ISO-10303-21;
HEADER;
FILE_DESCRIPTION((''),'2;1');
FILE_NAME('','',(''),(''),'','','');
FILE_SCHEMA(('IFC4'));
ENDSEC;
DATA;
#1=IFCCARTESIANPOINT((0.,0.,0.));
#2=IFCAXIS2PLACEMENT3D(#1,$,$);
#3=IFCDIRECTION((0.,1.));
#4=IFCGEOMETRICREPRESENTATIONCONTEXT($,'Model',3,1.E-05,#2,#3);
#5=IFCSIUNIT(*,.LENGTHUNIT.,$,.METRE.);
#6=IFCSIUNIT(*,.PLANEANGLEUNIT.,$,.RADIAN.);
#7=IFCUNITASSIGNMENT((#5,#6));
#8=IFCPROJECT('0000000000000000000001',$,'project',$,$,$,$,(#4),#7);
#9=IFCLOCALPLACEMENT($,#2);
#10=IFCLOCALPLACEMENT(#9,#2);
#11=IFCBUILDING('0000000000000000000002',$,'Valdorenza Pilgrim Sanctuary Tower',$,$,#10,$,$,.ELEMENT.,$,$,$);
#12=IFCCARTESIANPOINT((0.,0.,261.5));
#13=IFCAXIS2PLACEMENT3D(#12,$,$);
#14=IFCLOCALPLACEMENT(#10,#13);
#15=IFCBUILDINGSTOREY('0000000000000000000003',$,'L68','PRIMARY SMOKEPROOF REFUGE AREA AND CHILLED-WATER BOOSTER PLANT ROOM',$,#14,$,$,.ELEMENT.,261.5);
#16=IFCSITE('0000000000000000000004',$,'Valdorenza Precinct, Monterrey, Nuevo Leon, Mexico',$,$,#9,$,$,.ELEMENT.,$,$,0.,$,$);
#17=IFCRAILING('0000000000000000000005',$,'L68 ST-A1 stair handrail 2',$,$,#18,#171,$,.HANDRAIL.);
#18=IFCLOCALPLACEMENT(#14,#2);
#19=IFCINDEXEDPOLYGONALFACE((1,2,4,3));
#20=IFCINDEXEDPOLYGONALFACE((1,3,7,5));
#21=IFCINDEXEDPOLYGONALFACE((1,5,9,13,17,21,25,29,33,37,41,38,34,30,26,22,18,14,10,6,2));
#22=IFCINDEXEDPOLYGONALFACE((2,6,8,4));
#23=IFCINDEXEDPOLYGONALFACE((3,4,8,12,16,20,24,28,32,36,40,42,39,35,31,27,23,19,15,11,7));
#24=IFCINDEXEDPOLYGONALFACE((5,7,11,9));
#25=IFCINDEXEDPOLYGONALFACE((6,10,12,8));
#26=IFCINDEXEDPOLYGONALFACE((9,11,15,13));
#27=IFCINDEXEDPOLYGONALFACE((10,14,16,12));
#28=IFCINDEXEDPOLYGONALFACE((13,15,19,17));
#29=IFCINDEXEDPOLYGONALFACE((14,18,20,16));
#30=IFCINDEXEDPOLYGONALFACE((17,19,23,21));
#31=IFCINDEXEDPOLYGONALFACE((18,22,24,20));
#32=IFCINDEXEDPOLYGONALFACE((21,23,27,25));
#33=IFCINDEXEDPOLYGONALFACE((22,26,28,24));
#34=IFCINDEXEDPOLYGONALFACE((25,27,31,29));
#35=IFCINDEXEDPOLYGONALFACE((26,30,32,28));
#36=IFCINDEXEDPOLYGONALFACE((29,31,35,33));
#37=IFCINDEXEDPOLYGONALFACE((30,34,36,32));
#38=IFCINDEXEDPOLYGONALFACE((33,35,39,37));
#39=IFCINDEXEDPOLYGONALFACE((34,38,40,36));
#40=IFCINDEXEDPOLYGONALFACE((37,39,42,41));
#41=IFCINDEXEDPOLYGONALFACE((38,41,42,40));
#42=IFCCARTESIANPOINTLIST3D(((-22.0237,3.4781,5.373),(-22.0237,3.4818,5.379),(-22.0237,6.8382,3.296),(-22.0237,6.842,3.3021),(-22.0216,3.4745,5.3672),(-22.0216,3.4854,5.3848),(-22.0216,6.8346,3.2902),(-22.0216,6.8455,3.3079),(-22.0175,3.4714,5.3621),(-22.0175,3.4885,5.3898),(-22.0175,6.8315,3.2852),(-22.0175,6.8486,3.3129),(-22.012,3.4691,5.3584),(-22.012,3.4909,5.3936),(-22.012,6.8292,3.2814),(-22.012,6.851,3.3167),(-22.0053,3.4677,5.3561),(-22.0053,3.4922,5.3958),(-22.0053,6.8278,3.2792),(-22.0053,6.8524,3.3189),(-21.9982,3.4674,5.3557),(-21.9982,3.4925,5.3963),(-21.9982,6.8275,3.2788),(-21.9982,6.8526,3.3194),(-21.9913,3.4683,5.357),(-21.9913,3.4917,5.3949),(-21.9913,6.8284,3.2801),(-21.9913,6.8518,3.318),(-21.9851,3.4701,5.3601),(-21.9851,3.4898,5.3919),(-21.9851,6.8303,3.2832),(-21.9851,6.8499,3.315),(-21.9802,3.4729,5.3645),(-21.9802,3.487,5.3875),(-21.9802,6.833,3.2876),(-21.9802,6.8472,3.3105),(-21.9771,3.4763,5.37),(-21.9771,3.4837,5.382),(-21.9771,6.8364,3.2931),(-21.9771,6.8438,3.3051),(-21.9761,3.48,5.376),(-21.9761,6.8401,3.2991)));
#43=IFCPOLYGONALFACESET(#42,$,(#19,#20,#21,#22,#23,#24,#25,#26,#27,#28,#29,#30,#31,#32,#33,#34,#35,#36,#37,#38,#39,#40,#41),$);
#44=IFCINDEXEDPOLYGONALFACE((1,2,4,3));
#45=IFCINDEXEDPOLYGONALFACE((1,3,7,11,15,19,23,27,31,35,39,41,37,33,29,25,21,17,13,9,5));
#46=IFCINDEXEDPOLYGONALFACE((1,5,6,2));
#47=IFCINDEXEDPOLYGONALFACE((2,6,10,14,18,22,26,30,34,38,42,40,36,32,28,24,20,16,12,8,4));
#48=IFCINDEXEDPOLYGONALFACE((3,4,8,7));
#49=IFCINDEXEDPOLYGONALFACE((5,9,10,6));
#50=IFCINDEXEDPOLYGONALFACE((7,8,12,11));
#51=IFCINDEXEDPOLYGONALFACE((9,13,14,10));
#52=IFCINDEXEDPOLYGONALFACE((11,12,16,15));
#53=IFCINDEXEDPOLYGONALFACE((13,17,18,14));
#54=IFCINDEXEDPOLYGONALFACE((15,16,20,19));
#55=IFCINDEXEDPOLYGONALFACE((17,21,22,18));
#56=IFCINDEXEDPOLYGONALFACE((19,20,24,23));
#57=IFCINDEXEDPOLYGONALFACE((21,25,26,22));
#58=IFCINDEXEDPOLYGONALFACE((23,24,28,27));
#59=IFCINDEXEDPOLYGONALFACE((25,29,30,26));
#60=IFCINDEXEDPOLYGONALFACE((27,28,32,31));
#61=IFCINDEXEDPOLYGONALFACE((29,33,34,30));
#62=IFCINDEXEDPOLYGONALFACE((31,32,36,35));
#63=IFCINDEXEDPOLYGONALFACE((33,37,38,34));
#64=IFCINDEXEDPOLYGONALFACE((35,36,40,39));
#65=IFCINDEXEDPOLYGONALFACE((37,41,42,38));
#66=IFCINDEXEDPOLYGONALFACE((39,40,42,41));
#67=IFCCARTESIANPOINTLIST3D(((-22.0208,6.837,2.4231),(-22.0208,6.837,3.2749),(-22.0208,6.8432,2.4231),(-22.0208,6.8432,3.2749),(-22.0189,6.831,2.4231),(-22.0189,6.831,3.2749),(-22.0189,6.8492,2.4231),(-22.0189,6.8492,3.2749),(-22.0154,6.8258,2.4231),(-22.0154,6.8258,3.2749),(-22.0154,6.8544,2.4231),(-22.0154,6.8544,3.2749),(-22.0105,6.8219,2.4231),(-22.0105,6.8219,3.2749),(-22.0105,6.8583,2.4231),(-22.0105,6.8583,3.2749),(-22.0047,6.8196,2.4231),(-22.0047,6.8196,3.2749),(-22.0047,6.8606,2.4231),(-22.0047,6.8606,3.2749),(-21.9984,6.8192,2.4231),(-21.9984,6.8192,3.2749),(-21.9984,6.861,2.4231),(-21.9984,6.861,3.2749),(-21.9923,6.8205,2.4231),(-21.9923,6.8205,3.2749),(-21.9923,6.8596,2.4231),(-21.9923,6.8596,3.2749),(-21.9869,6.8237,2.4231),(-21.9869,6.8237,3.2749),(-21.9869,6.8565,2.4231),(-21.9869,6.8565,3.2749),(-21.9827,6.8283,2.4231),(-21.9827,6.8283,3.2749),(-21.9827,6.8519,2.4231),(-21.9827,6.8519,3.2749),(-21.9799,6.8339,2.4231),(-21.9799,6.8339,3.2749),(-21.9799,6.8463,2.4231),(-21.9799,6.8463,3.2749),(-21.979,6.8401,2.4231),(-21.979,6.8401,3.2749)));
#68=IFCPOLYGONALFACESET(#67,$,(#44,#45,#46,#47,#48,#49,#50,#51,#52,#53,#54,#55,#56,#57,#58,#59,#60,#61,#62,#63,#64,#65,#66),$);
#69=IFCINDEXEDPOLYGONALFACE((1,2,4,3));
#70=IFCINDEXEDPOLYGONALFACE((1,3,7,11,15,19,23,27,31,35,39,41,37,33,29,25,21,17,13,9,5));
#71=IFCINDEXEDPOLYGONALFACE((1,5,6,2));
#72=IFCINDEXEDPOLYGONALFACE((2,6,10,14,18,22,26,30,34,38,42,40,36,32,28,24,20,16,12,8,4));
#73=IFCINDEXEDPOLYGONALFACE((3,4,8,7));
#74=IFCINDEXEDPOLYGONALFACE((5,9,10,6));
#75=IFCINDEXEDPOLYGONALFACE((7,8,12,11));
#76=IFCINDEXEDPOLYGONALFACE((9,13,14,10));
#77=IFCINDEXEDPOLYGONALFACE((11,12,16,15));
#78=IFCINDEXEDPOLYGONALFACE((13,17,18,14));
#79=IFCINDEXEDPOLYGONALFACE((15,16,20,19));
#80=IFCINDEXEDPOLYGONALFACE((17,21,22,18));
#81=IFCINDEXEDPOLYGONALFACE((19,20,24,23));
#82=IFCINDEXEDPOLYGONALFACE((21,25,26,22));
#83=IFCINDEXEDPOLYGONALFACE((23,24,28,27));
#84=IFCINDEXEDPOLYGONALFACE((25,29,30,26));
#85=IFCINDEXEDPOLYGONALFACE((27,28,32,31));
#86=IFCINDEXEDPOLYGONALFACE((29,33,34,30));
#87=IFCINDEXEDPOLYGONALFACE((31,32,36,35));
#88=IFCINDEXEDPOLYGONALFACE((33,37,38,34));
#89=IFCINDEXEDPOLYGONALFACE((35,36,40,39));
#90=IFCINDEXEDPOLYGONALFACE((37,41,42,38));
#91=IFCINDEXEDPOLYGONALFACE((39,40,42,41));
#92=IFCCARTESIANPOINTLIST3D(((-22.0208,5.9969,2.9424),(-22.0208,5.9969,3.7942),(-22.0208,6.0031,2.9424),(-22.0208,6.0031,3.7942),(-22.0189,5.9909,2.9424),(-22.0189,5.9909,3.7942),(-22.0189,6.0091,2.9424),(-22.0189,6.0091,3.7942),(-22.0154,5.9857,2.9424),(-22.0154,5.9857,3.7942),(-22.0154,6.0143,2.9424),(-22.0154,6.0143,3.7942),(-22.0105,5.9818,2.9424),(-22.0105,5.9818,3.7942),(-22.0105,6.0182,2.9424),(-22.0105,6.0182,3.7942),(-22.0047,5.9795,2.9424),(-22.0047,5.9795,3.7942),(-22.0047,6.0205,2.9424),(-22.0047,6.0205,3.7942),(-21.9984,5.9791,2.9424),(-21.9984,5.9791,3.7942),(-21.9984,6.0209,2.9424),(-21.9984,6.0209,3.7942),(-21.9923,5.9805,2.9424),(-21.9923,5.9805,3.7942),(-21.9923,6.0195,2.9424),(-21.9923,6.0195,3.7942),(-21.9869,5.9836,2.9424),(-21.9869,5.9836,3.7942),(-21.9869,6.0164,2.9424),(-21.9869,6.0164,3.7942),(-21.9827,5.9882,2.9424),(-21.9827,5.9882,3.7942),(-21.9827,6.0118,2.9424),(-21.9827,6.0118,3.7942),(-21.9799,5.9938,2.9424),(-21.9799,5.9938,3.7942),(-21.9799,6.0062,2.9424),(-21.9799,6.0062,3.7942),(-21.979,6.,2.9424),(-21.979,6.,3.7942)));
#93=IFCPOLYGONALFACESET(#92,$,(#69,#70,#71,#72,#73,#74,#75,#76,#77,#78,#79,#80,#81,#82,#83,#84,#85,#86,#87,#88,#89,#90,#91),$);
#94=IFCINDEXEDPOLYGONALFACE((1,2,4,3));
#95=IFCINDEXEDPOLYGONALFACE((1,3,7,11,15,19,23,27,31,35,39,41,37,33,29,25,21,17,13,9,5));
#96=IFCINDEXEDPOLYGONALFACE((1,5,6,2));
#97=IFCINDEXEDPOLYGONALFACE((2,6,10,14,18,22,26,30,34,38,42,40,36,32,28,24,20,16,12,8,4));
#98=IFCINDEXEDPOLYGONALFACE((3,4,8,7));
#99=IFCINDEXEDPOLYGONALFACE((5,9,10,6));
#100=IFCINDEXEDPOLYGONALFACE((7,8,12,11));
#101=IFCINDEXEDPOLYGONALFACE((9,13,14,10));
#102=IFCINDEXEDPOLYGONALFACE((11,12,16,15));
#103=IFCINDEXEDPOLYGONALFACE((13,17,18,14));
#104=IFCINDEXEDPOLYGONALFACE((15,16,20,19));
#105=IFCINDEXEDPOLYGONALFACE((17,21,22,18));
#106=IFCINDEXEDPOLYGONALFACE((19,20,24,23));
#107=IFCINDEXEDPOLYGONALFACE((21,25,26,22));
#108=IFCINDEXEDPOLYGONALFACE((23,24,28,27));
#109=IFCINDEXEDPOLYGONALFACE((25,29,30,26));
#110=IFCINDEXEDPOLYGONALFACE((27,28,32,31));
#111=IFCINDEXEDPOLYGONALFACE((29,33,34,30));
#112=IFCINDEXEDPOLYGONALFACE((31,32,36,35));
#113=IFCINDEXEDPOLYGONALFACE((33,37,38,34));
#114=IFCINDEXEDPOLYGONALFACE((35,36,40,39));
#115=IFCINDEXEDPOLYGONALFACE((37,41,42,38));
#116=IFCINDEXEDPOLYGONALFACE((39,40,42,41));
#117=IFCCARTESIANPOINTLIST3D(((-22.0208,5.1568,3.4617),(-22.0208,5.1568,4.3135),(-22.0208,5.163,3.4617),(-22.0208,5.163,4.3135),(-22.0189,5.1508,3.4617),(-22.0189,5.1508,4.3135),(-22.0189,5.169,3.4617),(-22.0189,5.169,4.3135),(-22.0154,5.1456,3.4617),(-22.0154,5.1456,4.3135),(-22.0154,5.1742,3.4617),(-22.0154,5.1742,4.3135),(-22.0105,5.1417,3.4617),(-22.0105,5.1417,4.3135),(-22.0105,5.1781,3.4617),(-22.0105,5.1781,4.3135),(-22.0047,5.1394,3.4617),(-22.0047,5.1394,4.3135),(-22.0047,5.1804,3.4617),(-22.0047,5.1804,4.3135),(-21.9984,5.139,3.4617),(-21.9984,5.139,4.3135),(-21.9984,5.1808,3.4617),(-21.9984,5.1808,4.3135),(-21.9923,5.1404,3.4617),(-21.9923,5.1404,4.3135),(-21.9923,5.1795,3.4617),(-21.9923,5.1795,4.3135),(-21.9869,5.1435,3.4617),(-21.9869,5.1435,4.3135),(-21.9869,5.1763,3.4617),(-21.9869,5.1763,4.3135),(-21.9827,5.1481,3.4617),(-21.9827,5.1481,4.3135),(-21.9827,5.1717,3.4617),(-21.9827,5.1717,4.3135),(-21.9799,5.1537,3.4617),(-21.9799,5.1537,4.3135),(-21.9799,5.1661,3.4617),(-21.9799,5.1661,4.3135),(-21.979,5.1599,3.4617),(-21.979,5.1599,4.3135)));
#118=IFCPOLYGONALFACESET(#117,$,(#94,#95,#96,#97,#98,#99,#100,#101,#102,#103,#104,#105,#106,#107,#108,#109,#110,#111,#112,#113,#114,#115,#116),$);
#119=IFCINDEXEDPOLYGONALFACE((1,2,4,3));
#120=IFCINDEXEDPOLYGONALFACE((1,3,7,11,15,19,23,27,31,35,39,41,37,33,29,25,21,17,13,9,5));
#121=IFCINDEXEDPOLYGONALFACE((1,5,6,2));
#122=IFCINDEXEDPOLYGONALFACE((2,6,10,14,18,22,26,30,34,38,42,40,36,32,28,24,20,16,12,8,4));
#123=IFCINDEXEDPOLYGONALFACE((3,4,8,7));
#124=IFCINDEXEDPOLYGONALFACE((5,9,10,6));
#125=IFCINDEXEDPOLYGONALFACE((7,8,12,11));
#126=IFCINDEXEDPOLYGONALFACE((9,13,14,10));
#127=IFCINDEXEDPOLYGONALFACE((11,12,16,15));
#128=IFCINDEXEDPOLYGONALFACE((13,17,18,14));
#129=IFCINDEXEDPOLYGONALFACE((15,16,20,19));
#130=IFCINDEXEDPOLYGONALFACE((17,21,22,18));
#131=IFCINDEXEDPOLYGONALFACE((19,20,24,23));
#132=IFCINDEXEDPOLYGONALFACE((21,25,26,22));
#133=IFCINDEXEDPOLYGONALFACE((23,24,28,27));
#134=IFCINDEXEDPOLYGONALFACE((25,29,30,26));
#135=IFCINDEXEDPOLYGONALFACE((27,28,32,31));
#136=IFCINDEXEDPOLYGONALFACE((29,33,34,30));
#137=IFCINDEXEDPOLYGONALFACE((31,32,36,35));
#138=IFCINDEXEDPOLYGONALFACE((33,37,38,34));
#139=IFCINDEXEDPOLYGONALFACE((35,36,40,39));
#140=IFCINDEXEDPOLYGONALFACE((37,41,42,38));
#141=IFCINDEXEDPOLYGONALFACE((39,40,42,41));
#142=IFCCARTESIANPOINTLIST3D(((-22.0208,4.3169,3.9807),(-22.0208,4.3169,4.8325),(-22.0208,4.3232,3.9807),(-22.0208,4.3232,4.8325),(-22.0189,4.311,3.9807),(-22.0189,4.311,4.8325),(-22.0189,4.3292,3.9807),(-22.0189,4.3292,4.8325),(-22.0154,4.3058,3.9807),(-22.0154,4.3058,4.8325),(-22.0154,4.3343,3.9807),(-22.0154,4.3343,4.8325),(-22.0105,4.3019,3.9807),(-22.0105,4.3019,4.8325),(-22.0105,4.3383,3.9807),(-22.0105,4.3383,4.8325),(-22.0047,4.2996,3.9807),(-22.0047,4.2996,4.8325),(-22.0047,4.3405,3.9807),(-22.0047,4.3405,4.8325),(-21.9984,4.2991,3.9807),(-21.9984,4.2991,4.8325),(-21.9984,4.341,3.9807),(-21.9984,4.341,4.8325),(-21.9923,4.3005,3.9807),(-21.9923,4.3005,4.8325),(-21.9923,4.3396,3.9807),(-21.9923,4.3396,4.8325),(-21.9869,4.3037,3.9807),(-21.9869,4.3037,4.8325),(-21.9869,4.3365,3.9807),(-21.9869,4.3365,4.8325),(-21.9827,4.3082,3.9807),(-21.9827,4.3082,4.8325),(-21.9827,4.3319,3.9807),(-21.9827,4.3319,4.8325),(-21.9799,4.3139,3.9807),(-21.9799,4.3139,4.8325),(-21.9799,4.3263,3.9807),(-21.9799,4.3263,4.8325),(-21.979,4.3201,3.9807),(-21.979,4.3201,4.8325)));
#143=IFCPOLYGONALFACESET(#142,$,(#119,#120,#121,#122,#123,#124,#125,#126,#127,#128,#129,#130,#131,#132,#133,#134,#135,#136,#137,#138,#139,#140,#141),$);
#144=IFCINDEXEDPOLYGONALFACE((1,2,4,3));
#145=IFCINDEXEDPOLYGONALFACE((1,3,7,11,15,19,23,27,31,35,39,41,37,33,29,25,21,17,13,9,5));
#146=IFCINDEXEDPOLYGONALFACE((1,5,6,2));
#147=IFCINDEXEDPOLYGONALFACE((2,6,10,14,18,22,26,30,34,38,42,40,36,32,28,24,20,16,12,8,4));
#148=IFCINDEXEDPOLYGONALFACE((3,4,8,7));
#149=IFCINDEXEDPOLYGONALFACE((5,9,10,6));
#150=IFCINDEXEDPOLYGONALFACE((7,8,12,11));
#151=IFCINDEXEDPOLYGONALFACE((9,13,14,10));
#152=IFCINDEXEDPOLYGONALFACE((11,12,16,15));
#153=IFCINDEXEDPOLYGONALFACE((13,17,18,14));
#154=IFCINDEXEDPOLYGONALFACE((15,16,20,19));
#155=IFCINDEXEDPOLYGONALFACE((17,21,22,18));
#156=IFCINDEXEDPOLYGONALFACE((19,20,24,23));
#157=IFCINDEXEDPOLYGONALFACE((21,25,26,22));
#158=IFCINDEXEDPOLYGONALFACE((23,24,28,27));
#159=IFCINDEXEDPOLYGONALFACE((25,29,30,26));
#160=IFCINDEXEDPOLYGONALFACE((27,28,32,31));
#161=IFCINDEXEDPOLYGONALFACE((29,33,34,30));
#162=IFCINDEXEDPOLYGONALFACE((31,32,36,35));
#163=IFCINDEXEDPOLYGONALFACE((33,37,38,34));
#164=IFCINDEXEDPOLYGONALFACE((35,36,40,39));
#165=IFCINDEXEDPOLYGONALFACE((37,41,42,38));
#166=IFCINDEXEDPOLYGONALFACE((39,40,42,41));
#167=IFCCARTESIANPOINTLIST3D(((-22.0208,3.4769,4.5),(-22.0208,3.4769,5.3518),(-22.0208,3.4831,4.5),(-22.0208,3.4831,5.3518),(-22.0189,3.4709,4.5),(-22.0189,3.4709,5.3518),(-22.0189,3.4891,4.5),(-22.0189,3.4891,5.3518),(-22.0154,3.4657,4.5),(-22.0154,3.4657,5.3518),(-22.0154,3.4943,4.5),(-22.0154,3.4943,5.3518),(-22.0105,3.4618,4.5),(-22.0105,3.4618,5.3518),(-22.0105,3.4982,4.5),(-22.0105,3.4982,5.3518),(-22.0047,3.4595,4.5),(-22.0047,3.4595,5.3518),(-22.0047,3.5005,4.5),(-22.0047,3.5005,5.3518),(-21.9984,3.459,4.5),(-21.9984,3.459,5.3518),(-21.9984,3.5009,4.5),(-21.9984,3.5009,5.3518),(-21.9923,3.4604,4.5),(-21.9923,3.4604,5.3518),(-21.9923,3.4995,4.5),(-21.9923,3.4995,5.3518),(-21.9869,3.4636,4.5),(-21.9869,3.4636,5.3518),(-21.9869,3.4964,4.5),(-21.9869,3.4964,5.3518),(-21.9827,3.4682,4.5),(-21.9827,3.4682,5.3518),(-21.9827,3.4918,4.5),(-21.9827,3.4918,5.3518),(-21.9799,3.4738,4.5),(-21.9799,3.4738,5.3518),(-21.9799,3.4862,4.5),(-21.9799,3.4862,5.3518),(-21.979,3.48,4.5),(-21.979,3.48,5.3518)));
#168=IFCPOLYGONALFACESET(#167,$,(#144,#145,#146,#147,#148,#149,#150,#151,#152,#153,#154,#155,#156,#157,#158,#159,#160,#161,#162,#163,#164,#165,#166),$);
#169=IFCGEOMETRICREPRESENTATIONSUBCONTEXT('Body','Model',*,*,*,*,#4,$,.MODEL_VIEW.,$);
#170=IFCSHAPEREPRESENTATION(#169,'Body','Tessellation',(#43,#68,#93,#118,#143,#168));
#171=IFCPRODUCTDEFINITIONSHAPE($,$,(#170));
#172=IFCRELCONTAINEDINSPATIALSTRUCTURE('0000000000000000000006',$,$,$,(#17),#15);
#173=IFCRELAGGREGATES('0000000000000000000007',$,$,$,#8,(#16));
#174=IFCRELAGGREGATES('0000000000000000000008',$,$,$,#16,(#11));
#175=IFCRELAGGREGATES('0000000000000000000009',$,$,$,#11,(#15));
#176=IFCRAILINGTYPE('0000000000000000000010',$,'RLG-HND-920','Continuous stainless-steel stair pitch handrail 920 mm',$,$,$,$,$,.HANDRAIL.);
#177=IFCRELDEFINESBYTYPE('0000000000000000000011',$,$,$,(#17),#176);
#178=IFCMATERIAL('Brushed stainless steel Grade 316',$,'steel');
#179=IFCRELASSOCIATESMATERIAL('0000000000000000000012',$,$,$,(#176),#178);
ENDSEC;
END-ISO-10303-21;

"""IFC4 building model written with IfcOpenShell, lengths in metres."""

from ifc_helpers import new_model, si_unit, direction, frame, origin, origin_2d, place, context, subcontext, project, spatial, circle, extrude, material, type_object, element, save


model = new_model("IFC4")

# Units and contexts
model_context = context("Model", 3, precision=1e-05, world=origin(), true_north=direction((0.0, 1.0)))
body_context = subcontext(model_context, "Body", "Model", "MODEL_VIEW")
ifc_project = project(units=[si_unit("LENGTHUNIT", "METRE"), si_unit("PLANEANGLEUNIT", "RADIAN")], contexts=[model_context])

# Site, building, storey
site_placement = place(None, origin())
site = spatial("IfcSite", under=ifc_project, at=site_placement, Name="Valdorenza Precinct, Monterrey, Nuevo Leon, Mexico", CompositionType="ELEMENT", RefElevation=0.0)
building_placement = place(site_placement, origin())
building = spatial("IfcBuilding", under=site, at=building_placement, Name="Valdorenza Pilgrim Sanctuary Tower", CompositionType="ELEMENT")
storey_placement = place(building_placement, frame((0.0, 0.0, 261.5)))
storey = spatial("IfcBuildingStorey", under=building, at=storey_placement, Name="L68", Description="PRIMARY SMOKEPROOF REFUGE AREA AND CHILLED-WATER BOOSTER PLANT ROOM", CompositionType="ELEMENT", Elevation=261.5)

# Shared definitions
ifc_material_1 = material(Name="Brushed stainless steel Grade 316", Category="steel")

# Railing
railing_type_1 = type_object("IfcRailingType", Name="RLG-HND-920", Description="Continuous stainless-steel stair pitch handrail 920 mm", PredefinedType="HANDRAIL", material=ifc_material_1)
railing_1_placement = place(storey_placement, frame((-22.0, 6.8401, 2.4231)))
element("IfcRailing", 1, at=railing_1_placement, inside=storey, type_object=railing_type_1, Name="L68 ST-A1 stair handrail 2", PredefinedType="HANDRAIL", context=body_context, shape_type="SweptSolid", body=[
    extrude(circle(Radius=0.0239, at=origin_2d()), frame((0.0, 0.0, 0.876), z_axis=(0.0, -0.850623, 0.525776), x_axis=(1.0, 0.0, 0.0)), (0.0, 0.0, 1.0), 3.9502),
    extrude(circle(Radius=0.021, at=origin_2d()), origin(), (0.0, 0.0, 1.0), 0.8518),
    extrude(circle(Radius=0.021, at=origin_2d()), frame((0.0, -0.8401, 0.5193)), (0.0, 0.0, 1.0), 0.8518),
    extrude(circle(Radius=0.021, at=origin_2d()), frame((0.0, -1.6802, 1.0386)), (0.0, 0.0, 1.0), 0.8518),
    extrude(circle(Radius=0.021, at=origin_2d()), frame((0.0, -2.52, 1.5576)), (0.0, 0.0, 1.0), 0.8518),
    extrude(circle(Radius=0.021, at=origin_2d()), frame((0.0, -3.3601, 2.0769)), (0.0, 0.0, 1.0), 0.8518),
])

save(model, "model.ifc")
